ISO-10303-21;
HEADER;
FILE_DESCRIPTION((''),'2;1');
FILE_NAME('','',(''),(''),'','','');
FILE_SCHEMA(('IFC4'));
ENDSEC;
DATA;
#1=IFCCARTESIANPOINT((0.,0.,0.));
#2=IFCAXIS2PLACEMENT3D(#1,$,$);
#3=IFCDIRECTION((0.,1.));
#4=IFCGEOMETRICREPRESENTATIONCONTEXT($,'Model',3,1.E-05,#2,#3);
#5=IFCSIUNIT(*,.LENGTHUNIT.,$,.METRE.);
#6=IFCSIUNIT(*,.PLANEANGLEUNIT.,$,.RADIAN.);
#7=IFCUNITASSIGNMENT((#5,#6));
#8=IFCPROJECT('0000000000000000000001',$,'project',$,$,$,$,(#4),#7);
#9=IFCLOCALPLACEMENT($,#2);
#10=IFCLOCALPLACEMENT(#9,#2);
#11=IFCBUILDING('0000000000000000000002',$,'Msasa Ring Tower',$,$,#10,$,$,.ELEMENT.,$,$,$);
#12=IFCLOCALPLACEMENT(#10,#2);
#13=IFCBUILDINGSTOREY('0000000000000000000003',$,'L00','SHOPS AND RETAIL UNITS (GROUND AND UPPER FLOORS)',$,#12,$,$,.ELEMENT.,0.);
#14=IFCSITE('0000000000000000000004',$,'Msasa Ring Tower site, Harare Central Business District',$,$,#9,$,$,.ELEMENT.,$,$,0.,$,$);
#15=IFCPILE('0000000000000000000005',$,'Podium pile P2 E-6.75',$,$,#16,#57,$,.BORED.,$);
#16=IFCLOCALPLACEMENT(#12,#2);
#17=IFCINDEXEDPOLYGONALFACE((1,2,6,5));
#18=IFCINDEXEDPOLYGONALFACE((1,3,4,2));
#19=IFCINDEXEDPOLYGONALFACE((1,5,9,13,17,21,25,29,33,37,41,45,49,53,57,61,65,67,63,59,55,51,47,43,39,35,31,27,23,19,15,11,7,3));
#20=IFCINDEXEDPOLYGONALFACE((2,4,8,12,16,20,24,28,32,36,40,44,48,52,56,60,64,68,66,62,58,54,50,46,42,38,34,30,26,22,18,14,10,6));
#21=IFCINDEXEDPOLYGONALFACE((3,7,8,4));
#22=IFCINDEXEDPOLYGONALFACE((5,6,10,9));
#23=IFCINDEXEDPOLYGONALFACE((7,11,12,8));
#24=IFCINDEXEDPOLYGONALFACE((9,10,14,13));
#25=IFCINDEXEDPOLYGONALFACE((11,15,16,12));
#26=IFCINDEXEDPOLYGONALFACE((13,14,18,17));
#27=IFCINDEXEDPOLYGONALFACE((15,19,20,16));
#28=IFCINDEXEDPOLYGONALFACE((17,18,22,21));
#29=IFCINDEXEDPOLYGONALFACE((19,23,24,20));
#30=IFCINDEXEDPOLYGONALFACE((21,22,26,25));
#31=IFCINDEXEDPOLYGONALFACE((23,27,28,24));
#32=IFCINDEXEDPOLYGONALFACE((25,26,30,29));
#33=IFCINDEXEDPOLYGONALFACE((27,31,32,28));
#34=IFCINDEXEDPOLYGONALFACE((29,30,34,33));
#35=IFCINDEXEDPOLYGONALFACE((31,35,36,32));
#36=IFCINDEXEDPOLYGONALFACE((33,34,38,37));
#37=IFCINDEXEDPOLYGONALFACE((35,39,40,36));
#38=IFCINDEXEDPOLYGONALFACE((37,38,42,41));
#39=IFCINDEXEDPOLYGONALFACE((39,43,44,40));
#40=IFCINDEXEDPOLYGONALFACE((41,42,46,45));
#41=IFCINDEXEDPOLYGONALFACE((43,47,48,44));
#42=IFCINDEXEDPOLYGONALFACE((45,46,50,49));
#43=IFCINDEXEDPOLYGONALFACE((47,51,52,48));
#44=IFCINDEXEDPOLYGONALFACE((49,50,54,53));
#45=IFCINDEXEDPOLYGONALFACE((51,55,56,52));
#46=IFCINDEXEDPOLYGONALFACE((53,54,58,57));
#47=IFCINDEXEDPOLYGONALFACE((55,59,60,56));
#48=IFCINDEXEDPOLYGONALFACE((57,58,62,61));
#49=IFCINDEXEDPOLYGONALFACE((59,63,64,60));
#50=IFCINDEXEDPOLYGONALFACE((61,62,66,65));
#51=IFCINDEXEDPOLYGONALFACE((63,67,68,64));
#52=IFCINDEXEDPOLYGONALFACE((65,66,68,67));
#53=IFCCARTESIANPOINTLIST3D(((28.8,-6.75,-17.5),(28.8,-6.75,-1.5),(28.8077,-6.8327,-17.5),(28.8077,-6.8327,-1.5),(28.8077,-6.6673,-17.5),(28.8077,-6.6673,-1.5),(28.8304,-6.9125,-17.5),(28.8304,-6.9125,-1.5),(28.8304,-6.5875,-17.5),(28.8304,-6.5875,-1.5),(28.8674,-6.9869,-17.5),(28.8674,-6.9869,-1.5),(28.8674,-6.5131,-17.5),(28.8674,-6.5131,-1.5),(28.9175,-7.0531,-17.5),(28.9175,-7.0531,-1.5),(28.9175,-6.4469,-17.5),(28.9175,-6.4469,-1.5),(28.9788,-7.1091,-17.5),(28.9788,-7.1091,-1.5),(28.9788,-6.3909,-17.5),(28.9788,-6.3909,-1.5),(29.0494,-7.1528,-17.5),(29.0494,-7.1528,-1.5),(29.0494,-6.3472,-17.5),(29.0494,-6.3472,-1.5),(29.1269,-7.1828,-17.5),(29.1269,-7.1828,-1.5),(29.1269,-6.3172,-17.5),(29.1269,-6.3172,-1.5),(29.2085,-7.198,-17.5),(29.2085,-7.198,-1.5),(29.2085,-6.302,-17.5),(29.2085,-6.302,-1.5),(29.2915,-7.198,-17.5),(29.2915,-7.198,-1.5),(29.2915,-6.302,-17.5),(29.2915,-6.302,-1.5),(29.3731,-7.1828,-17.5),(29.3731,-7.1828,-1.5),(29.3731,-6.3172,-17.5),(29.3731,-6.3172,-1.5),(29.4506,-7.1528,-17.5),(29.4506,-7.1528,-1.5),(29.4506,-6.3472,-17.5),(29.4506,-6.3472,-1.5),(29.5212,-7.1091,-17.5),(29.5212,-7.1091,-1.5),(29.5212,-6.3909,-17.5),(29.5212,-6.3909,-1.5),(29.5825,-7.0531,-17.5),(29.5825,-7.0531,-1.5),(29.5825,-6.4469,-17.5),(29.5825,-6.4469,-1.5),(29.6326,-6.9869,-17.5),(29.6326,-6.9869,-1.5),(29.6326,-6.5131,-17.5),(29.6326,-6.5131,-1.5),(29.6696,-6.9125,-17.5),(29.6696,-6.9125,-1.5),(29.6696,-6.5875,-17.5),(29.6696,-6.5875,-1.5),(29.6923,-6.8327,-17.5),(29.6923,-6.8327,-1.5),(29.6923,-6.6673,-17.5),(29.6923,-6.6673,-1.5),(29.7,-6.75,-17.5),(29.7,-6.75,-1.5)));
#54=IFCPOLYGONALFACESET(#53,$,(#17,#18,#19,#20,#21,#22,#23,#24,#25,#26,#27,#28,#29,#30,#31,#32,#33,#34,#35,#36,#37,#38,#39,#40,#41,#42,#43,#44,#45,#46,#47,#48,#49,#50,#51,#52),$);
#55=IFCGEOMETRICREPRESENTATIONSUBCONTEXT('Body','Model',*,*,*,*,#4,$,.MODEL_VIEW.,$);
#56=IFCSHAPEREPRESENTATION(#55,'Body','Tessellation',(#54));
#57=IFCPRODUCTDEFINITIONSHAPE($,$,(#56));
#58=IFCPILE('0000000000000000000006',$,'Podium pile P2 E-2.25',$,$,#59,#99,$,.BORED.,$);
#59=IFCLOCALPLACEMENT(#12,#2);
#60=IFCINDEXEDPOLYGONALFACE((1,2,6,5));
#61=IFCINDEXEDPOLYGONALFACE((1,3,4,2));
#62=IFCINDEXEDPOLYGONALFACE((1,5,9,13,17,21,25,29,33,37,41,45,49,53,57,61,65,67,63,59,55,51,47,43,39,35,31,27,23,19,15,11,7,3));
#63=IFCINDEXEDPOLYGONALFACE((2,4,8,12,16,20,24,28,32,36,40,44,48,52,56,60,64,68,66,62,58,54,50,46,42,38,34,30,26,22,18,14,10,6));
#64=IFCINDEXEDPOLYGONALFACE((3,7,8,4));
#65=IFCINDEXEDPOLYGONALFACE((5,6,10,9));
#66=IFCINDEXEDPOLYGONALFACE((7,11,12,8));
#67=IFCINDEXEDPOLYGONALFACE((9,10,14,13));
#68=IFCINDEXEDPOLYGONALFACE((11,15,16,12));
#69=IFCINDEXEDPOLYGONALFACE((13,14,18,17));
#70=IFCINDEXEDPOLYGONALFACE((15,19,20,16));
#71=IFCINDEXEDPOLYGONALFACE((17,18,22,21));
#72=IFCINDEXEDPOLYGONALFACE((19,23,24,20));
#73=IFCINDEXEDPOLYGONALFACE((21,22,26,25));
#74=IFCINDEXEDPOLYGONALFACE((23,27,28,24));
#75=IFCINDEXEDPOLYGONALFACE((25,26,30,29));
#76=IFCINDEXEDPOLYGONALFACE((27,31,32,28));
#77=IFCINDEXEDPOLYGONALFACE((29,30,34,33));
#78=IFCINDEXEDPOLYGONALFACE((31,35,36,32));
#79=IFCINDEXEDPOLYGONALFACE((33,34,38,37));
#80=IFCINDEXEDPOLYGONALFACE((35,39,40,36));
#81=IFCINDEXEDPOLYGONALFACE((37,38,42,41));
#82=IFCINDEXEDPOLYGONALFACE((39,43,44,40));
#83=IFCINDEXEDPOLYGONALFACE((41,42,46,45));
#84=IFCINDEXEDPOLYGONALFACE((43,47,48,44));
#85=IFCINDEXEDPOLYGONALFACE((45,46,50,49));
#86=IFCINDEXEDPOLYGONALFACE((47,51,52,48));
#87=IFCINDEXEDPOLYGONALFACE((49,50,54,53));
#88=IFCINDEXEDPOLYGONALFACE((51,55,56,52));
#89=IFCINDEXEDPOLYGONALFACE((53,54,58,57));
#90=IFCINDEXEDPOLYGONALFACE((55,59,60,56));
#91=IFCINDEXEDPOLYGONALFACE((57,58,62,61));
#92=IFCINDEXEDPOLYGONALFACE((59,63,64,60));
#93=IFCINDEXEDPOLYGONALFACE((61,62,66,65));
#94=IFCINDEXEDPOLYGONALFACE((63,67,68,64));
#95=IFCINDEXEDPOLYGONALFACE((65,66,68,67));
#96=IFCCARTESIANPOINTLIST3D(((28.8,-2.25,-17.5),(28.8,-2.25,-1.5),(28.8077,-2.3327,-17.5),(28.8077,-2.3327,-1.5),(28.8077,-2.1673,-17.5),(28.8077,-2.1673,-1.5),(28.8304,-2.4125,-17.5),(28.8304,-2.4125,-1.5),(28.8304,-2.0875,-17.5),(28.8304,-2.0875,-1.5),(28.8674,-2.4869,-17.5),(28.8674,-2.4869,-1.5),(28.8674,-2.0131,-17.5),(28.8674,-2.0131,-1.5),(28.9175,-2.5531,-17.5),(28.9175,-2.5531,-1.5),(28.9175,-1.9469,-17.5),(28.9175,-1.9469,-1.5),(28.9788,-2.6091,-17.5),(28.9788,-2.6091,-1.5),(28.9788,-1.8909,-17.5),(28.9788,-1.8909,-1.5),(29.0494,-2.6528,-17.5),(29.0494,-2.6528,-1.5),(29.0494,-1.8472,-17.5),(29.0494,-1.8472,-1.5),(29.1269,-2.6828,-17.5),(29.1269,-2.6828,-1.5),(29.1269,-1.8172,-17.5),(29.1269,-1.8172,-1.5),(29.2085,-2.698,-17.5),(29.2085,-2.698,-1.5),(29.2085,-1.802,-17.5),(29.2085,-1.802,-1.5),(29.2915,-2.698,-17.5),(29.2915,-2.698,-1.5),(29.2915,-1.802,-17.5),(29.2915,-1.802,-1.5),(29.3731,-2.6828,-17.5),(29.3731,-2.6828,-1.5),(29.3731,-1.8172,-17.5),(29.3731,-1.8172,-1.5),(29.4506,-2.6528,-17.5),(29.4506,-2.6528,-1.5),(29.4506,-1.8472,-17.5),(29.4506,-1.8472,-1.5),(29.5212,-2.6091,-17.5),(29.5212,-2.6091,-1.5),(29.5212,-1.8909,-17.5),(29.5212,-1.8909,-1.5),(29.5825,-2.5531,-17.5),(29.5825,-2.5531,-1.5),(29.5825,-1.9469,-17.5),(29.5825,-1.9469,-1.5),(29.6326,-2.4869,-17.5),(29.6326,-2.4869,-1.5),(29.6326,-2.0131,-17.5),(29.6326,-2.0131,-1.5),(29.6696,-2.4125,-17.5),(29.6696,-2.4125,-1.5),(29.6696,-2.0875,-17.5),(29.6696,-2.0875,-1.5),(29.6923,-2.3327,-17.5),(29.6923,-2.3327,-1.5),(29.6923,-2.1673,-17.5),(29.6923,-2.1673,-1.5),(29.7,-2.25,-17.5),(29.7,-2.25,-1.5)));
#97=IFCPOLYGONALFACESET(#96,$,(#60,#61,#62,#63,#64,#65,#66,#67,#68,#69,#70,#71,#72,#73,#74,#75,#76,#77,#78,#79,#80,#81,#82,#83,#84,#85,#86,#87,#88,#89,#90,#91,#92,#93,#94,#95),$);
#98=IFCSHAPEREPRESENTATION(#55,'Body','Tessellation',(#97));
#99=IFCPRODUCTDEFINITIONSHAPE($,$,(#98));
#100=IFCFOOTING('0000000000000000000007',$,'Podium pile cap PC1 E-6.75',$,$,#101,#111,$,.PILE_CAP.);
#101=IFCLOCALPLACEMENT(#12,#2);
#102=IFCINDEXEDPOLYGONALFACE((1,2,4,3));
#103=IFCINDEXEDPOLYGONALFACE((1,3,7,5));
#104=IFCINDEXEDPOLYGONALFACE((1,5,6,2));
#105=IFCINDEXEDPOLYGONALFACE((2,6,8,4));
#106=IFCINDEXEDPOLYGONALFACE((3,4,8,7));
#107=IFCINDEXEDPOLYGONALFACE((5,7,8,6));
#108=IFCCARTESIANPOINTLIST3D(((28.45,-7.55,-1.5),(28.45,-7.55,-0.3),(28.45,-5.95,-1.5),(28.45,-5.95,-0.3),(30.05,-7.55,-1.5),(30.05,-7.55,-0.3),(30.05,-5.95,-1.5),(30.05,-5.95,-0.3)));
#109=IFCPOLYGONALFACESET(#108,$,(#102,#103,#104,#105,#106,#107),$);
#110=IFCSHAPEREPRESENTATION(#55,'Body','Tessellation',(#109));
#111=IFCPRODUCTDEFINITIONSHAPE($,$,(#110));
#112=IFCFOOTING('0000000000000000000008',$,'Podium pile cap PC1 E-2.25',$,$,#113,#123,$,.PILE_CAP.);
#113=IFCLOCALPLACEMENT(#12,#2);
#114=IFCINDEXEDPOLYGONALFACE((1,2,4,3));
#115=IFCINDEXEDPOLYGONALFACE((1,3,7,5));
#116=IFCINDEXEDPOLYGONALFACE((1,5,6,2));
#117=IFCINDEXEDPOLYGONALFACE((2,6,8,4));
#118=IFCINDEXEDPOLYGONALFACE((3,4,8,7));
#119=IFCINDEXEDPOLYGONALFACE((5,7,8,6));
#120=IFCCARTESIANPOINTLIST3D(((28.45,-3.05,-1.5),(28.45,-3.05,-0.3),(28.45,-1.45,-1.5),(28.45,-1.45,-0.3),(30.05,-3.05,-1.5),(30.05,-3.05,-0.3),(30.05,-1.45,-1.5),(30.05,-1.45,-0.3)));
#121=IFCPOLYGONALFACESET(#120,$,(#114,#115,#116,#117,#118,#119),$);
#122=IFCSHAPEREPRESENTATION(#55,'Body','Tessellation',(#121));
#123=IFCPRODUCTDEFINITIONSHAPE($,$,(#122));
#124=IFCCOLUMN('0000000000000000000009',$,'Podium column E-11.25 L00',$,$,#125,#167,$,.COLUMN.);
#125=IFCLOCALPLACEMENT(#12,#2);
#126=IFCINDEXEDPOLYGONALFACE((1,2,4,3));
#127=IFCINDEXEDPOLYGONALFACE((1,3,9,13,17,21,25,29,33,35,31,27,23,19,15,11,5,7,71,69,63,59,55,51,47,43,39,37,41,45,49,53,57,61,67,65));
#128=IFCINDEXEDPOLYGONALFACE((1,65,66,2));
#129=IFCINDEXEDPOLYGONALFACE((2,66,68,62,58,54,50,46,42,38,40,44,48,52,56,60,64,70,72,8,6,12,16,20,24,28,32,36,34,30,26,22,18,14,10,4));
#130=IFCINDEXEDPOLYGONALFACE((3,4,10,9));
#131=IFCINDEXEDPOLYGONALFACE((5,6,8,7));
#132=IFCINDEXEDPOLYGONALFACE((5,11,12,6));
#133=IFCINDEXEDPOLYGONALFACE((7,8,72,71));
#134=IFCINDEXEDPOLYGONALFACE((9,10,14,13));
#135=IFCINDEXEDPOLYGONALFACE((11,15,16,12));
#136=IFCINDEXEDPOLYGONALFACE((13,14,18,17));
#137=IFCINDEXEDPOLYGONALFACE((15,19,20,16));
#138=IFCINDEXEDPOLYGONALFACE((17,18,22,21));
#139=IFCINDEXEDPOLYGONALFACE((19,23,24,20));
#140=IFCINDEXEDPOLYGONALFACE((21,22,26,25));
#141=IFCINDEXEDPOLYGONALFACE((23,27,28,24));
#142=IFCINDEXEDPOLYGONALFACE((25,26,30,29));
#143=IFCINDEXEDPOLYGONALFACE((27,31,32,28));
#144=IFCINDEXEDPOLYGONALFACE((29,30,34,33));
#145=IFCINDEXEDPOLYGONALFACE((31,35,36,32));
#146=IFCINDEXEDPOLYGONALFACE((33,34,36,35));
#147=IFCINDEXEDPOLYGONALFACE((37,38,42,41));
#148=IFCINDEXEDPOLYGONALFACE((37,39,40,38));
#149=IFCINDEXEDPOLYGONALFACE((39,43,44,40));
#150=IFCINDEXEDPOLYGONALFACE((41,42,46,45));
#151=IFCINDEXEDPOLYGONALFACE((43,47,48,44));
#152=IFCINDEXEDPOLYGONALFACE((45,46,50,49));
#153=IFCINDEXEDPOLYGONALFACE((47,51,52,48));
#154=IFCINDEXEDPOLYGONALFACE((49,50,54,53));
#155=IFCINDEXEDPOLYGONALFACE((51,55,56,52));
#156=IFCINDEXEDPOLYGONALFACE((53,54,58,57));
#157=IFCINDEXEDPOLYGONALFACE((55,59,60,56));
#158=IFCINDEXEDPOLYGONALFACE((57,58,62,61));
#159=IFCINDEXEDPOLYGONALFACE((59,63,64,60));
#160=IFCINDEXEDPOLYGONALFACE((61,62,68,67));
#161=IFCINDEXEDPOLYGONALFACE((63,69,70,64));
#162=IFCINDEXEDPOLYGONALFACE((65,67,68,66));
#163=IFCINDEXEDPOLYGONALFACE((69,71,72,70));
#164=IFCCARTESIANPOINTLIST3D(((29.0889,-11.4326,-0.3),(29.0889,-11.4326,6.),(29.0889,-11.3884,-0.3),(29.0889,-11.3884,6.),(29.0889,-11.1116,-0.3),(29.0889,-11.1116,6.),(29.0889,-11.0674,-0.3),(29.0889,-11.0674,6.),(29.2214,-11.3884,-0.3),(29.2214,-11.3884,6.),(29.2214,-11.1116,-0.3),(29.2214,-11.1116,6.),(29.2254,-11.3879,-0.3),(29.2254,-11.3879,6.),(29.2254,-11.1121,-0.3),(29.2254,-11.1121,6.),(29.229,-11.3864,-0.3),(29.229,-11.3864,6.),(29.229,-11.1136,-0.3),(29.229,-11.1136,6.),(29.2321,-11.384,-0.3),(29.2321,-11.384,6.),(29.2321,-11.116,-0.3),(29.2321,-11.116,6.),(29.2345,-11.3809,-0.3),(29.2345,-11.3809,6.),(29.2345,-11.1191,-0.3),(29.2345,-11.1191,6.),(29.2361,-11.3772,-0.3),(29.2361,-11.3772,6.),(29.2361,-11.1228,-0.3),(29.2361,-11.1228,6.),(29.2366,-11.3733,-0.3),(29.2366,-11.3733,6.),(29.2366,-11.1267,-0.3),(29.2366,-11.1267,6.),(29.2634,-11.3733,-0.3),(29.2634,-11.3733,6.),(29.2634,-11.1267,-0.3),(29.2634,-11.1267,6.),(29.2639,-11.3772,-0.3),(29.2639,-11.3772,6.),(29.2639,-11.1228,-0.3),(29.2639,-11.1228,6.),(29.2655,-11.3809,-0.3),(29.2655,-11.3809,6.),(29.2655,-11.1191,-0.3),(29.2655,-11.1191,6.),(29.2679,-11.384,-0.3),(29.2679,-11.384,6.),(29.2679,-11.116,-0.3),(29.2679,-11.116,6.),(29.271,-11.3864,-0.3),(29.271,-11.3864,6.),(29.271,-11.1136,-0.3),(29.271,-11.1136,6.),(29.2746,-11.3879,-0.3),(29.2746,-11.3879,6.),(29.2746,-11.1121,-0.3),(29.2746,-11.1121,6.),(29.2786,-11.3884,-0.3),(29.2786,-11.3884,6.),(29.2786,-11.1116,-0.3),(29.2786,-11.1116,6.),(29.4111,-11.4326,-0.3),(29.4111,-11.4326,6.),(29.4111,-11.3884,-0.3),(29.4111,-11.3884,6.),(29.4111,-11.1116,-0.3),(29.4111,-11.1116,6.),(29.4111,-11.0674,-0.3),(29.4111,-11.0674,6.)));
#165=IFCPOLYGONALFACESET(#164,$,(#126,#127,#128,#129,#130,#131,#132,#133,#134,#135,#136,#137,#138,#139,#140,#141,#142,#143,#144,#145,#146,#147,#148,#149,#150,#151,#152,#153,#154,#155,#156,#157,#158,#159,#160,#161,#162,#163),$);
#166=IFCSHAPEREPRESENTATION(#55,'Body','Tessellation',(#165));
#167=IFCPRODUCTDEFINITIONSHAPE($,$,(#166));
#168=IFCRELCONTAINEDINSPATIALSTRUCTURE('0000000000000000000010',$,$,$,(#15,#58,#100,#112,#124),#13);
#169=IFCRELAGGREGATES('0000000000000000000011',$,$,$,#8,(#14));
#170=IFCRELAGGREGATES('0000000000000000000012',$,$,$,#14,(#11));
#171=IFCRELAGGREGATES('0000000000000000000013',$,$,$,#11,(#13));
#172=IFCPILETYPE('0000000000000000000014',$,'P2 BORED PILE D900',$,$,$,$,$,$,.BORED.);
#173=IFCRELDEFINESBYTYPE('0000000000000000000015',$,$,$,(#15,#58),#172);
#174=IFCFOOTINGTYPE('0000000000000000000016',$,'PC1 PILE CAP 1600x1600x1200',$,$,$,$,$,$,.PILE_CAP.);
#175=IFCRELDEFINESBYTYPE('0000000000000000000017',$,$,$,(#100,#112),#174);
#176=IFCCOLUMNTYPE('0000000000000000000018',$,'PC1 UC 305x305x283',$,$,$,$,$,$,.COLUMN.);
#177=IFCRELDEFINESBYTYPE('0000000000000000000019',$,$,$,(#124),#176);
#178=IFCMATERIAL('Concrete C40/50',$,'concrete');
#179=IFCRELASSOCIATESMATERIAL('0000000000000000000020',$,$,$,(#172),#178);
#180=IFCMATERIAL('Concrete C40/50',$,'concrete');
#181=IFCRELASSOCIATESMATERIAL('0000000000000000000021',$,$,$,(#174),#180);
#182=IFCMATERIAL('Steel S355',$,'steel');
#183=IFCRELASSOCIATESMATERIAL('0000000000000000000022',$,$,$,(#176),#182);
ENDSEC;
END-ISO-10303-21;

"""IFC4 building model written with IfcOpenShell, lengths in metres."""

from ifc_helpers import new_model, si_unit, direction, frame, origin, origin_2d, place, context, subcontext, project, spatial, rectangle, circle, i_section, extrude, material, material_profile, profile_set, type_object, element, save


model = new_model("IFC4")

# Units and contexts
model_context = context("Model", 3, precision=1e-05, world=origin(), true_north=direction((0.0, 1.0)))
body_context = subcontext(model_context, "Body", "Model", "MODEL_VIEW")
ifc_project = project(units=[si_unit("LENGTHUNIT", "METRE"), si_unit("PLANEANGLEUNIT", "RADIAN")], contexts=[model_context])

# Site, building, storey
site_placement = place(None, origin())
site = spatial("IfcSite", under=ifc_project, at=site_placement, Name="Msasa Ring Tower site, Harare Central Business District", CompositionType="ELEMENT", RefElevation=0.0)
building_placement = place(site_placement, origin())
building = spatial("IfcBuilding", under=site, at=building_placement, Name="Msasa Ring Tower", CompositionType="ELEMENT")
storey_placement = place(building_placement, origin())
storey = spatial("IfcBuildingStorey", under=building, at=storey_placement, Name="L00", Description="SHOPS AND RETAIL UNITS (GROUND AND UPPER FLOORS)", CompositionType="ELEMENT", Elevation=0.0)

# Piles
ifc_material_1 = material(Name="Concrete C40/50", Category="concrete")
ifc_material_profile_1 = material_profile(ifc_material_1, circle(Radius=0.45, at=origin_2d()), Name="D900")
ifc_profile_set_1 = profile_set([ifc_material_profile_1], Name="Concrete C40/50")
pile_type = type_object("IfcPileType", Name="P2 BORED PILE D900", PredefinedType="BORED", material=ifc_profile_set_1)
for number, where, z_axis, x_axis, name in (
    (1, (29.25, -6.75, -1.5), (0.0, 0.0, -1.0), (1.0, 0.0, 0.0), "Podium pile P2 E-6.75"),
    (2, (29.25, -2.25, -1.5), (0.0, 0.0, -1.0), (1.0, 0.0, 0.0), "Podium pile P2 E-2.25"),
):
    element("IfcPile", number, at=place(storey_placement, frame(where, z_axis=z_axis, x_axis=x_axis)), inside=storey, type_object=pile_type, Name=name, PredefinedType="BORED", context=body_context, shape_type="SweptSolid", body=[
        extrude(circle(Radius=0.45, at=origin_2d()), origin(), (0.0, 0.0, 1.0), 16.0),
    ])

# Footings
ifc_material_2 = material(Name="Concrete C40/50", Category="concrete")
footing_type = type_object("IfcFootingType", Name="PC1 PILE CAP 1600x1600x1200", PredefinedType="PILE_CAP", material=ifc_material_2)
for number, where, z_axis, x_axis, name in (
    (3, (29.25, -6.75, -1.5), (0.0, 0.0, 1.0), (1.0, 0.0, 0.0), "Podium pile cap PC1 E-6.75"),
    (4, (29.25, -2.25, -1.5), (0.0, 0.0, 1.0), (1.0, 0.0, 0.0), "Podium pile cap PC1 E-2.25"),
):
    element("IfcFooting", number, at=place(storey_placement, frame(where, z_axis=z_axis, x_axis=x_axis)), inside=storey, type_object=footing_type, Name=name, PredefinedType="PILE_CAP", context=body_context, shape_type="SweptSolid", body=[
        extrude(rectangle(XDim=1.6001, YDim=1.6001, at=origin_2d()), origin(), (0.0, 0.0, 1.0), 1.2),
    ])

# Column
ifc_material_3 = material(Name="Steel S355", Category="steel")
ifc_material_profile_2 = material_profile(ifc_material_3, i_section(OverallWidth=0.3223, OverallDepth=0.3652, WebThickness=0.0269, FlangeThickness=0.0442, FilletRadius=0.0151, at=origin_2d()), Name="UC 305x305x283")
ifc_profile_set_2 = profile_set([ifc_material_profile_2], Name="Steel S355")
column_type = type_object("IfcColumnType", Name="PC1 UC 305x305x283", PredefinedType="COLUMN", material=ifc_profile_set_2)
for number, where, z_axis, x_axis, name in (
    (5, (29.25, -11.25, -0.3), (0.0, 0.0, 1.0), (1.0, 0.0, 0.0), "Podium column E-11.25 L00"),
):
    element("IfcColumn", number, at=place(storey_placement, frame(where, z_axis=z_axis, x_axis=x_axis)), inside=storey, type_object=column_type, Name=name, PredefinedType="COLUMN", context=body_context, shape_type="SweptSolid", body=[
        extrude(i_section(OverallWidth=0.3223, OverallDepth=0.3652, WebThickness=0.0269, FlangeThickness=0.0442, FilletRadius=0.0151, at=origin_2d()), origin(), (0.0, 0.0, 1.0), 6.3),
    ])

save(model, "model.ifc")
